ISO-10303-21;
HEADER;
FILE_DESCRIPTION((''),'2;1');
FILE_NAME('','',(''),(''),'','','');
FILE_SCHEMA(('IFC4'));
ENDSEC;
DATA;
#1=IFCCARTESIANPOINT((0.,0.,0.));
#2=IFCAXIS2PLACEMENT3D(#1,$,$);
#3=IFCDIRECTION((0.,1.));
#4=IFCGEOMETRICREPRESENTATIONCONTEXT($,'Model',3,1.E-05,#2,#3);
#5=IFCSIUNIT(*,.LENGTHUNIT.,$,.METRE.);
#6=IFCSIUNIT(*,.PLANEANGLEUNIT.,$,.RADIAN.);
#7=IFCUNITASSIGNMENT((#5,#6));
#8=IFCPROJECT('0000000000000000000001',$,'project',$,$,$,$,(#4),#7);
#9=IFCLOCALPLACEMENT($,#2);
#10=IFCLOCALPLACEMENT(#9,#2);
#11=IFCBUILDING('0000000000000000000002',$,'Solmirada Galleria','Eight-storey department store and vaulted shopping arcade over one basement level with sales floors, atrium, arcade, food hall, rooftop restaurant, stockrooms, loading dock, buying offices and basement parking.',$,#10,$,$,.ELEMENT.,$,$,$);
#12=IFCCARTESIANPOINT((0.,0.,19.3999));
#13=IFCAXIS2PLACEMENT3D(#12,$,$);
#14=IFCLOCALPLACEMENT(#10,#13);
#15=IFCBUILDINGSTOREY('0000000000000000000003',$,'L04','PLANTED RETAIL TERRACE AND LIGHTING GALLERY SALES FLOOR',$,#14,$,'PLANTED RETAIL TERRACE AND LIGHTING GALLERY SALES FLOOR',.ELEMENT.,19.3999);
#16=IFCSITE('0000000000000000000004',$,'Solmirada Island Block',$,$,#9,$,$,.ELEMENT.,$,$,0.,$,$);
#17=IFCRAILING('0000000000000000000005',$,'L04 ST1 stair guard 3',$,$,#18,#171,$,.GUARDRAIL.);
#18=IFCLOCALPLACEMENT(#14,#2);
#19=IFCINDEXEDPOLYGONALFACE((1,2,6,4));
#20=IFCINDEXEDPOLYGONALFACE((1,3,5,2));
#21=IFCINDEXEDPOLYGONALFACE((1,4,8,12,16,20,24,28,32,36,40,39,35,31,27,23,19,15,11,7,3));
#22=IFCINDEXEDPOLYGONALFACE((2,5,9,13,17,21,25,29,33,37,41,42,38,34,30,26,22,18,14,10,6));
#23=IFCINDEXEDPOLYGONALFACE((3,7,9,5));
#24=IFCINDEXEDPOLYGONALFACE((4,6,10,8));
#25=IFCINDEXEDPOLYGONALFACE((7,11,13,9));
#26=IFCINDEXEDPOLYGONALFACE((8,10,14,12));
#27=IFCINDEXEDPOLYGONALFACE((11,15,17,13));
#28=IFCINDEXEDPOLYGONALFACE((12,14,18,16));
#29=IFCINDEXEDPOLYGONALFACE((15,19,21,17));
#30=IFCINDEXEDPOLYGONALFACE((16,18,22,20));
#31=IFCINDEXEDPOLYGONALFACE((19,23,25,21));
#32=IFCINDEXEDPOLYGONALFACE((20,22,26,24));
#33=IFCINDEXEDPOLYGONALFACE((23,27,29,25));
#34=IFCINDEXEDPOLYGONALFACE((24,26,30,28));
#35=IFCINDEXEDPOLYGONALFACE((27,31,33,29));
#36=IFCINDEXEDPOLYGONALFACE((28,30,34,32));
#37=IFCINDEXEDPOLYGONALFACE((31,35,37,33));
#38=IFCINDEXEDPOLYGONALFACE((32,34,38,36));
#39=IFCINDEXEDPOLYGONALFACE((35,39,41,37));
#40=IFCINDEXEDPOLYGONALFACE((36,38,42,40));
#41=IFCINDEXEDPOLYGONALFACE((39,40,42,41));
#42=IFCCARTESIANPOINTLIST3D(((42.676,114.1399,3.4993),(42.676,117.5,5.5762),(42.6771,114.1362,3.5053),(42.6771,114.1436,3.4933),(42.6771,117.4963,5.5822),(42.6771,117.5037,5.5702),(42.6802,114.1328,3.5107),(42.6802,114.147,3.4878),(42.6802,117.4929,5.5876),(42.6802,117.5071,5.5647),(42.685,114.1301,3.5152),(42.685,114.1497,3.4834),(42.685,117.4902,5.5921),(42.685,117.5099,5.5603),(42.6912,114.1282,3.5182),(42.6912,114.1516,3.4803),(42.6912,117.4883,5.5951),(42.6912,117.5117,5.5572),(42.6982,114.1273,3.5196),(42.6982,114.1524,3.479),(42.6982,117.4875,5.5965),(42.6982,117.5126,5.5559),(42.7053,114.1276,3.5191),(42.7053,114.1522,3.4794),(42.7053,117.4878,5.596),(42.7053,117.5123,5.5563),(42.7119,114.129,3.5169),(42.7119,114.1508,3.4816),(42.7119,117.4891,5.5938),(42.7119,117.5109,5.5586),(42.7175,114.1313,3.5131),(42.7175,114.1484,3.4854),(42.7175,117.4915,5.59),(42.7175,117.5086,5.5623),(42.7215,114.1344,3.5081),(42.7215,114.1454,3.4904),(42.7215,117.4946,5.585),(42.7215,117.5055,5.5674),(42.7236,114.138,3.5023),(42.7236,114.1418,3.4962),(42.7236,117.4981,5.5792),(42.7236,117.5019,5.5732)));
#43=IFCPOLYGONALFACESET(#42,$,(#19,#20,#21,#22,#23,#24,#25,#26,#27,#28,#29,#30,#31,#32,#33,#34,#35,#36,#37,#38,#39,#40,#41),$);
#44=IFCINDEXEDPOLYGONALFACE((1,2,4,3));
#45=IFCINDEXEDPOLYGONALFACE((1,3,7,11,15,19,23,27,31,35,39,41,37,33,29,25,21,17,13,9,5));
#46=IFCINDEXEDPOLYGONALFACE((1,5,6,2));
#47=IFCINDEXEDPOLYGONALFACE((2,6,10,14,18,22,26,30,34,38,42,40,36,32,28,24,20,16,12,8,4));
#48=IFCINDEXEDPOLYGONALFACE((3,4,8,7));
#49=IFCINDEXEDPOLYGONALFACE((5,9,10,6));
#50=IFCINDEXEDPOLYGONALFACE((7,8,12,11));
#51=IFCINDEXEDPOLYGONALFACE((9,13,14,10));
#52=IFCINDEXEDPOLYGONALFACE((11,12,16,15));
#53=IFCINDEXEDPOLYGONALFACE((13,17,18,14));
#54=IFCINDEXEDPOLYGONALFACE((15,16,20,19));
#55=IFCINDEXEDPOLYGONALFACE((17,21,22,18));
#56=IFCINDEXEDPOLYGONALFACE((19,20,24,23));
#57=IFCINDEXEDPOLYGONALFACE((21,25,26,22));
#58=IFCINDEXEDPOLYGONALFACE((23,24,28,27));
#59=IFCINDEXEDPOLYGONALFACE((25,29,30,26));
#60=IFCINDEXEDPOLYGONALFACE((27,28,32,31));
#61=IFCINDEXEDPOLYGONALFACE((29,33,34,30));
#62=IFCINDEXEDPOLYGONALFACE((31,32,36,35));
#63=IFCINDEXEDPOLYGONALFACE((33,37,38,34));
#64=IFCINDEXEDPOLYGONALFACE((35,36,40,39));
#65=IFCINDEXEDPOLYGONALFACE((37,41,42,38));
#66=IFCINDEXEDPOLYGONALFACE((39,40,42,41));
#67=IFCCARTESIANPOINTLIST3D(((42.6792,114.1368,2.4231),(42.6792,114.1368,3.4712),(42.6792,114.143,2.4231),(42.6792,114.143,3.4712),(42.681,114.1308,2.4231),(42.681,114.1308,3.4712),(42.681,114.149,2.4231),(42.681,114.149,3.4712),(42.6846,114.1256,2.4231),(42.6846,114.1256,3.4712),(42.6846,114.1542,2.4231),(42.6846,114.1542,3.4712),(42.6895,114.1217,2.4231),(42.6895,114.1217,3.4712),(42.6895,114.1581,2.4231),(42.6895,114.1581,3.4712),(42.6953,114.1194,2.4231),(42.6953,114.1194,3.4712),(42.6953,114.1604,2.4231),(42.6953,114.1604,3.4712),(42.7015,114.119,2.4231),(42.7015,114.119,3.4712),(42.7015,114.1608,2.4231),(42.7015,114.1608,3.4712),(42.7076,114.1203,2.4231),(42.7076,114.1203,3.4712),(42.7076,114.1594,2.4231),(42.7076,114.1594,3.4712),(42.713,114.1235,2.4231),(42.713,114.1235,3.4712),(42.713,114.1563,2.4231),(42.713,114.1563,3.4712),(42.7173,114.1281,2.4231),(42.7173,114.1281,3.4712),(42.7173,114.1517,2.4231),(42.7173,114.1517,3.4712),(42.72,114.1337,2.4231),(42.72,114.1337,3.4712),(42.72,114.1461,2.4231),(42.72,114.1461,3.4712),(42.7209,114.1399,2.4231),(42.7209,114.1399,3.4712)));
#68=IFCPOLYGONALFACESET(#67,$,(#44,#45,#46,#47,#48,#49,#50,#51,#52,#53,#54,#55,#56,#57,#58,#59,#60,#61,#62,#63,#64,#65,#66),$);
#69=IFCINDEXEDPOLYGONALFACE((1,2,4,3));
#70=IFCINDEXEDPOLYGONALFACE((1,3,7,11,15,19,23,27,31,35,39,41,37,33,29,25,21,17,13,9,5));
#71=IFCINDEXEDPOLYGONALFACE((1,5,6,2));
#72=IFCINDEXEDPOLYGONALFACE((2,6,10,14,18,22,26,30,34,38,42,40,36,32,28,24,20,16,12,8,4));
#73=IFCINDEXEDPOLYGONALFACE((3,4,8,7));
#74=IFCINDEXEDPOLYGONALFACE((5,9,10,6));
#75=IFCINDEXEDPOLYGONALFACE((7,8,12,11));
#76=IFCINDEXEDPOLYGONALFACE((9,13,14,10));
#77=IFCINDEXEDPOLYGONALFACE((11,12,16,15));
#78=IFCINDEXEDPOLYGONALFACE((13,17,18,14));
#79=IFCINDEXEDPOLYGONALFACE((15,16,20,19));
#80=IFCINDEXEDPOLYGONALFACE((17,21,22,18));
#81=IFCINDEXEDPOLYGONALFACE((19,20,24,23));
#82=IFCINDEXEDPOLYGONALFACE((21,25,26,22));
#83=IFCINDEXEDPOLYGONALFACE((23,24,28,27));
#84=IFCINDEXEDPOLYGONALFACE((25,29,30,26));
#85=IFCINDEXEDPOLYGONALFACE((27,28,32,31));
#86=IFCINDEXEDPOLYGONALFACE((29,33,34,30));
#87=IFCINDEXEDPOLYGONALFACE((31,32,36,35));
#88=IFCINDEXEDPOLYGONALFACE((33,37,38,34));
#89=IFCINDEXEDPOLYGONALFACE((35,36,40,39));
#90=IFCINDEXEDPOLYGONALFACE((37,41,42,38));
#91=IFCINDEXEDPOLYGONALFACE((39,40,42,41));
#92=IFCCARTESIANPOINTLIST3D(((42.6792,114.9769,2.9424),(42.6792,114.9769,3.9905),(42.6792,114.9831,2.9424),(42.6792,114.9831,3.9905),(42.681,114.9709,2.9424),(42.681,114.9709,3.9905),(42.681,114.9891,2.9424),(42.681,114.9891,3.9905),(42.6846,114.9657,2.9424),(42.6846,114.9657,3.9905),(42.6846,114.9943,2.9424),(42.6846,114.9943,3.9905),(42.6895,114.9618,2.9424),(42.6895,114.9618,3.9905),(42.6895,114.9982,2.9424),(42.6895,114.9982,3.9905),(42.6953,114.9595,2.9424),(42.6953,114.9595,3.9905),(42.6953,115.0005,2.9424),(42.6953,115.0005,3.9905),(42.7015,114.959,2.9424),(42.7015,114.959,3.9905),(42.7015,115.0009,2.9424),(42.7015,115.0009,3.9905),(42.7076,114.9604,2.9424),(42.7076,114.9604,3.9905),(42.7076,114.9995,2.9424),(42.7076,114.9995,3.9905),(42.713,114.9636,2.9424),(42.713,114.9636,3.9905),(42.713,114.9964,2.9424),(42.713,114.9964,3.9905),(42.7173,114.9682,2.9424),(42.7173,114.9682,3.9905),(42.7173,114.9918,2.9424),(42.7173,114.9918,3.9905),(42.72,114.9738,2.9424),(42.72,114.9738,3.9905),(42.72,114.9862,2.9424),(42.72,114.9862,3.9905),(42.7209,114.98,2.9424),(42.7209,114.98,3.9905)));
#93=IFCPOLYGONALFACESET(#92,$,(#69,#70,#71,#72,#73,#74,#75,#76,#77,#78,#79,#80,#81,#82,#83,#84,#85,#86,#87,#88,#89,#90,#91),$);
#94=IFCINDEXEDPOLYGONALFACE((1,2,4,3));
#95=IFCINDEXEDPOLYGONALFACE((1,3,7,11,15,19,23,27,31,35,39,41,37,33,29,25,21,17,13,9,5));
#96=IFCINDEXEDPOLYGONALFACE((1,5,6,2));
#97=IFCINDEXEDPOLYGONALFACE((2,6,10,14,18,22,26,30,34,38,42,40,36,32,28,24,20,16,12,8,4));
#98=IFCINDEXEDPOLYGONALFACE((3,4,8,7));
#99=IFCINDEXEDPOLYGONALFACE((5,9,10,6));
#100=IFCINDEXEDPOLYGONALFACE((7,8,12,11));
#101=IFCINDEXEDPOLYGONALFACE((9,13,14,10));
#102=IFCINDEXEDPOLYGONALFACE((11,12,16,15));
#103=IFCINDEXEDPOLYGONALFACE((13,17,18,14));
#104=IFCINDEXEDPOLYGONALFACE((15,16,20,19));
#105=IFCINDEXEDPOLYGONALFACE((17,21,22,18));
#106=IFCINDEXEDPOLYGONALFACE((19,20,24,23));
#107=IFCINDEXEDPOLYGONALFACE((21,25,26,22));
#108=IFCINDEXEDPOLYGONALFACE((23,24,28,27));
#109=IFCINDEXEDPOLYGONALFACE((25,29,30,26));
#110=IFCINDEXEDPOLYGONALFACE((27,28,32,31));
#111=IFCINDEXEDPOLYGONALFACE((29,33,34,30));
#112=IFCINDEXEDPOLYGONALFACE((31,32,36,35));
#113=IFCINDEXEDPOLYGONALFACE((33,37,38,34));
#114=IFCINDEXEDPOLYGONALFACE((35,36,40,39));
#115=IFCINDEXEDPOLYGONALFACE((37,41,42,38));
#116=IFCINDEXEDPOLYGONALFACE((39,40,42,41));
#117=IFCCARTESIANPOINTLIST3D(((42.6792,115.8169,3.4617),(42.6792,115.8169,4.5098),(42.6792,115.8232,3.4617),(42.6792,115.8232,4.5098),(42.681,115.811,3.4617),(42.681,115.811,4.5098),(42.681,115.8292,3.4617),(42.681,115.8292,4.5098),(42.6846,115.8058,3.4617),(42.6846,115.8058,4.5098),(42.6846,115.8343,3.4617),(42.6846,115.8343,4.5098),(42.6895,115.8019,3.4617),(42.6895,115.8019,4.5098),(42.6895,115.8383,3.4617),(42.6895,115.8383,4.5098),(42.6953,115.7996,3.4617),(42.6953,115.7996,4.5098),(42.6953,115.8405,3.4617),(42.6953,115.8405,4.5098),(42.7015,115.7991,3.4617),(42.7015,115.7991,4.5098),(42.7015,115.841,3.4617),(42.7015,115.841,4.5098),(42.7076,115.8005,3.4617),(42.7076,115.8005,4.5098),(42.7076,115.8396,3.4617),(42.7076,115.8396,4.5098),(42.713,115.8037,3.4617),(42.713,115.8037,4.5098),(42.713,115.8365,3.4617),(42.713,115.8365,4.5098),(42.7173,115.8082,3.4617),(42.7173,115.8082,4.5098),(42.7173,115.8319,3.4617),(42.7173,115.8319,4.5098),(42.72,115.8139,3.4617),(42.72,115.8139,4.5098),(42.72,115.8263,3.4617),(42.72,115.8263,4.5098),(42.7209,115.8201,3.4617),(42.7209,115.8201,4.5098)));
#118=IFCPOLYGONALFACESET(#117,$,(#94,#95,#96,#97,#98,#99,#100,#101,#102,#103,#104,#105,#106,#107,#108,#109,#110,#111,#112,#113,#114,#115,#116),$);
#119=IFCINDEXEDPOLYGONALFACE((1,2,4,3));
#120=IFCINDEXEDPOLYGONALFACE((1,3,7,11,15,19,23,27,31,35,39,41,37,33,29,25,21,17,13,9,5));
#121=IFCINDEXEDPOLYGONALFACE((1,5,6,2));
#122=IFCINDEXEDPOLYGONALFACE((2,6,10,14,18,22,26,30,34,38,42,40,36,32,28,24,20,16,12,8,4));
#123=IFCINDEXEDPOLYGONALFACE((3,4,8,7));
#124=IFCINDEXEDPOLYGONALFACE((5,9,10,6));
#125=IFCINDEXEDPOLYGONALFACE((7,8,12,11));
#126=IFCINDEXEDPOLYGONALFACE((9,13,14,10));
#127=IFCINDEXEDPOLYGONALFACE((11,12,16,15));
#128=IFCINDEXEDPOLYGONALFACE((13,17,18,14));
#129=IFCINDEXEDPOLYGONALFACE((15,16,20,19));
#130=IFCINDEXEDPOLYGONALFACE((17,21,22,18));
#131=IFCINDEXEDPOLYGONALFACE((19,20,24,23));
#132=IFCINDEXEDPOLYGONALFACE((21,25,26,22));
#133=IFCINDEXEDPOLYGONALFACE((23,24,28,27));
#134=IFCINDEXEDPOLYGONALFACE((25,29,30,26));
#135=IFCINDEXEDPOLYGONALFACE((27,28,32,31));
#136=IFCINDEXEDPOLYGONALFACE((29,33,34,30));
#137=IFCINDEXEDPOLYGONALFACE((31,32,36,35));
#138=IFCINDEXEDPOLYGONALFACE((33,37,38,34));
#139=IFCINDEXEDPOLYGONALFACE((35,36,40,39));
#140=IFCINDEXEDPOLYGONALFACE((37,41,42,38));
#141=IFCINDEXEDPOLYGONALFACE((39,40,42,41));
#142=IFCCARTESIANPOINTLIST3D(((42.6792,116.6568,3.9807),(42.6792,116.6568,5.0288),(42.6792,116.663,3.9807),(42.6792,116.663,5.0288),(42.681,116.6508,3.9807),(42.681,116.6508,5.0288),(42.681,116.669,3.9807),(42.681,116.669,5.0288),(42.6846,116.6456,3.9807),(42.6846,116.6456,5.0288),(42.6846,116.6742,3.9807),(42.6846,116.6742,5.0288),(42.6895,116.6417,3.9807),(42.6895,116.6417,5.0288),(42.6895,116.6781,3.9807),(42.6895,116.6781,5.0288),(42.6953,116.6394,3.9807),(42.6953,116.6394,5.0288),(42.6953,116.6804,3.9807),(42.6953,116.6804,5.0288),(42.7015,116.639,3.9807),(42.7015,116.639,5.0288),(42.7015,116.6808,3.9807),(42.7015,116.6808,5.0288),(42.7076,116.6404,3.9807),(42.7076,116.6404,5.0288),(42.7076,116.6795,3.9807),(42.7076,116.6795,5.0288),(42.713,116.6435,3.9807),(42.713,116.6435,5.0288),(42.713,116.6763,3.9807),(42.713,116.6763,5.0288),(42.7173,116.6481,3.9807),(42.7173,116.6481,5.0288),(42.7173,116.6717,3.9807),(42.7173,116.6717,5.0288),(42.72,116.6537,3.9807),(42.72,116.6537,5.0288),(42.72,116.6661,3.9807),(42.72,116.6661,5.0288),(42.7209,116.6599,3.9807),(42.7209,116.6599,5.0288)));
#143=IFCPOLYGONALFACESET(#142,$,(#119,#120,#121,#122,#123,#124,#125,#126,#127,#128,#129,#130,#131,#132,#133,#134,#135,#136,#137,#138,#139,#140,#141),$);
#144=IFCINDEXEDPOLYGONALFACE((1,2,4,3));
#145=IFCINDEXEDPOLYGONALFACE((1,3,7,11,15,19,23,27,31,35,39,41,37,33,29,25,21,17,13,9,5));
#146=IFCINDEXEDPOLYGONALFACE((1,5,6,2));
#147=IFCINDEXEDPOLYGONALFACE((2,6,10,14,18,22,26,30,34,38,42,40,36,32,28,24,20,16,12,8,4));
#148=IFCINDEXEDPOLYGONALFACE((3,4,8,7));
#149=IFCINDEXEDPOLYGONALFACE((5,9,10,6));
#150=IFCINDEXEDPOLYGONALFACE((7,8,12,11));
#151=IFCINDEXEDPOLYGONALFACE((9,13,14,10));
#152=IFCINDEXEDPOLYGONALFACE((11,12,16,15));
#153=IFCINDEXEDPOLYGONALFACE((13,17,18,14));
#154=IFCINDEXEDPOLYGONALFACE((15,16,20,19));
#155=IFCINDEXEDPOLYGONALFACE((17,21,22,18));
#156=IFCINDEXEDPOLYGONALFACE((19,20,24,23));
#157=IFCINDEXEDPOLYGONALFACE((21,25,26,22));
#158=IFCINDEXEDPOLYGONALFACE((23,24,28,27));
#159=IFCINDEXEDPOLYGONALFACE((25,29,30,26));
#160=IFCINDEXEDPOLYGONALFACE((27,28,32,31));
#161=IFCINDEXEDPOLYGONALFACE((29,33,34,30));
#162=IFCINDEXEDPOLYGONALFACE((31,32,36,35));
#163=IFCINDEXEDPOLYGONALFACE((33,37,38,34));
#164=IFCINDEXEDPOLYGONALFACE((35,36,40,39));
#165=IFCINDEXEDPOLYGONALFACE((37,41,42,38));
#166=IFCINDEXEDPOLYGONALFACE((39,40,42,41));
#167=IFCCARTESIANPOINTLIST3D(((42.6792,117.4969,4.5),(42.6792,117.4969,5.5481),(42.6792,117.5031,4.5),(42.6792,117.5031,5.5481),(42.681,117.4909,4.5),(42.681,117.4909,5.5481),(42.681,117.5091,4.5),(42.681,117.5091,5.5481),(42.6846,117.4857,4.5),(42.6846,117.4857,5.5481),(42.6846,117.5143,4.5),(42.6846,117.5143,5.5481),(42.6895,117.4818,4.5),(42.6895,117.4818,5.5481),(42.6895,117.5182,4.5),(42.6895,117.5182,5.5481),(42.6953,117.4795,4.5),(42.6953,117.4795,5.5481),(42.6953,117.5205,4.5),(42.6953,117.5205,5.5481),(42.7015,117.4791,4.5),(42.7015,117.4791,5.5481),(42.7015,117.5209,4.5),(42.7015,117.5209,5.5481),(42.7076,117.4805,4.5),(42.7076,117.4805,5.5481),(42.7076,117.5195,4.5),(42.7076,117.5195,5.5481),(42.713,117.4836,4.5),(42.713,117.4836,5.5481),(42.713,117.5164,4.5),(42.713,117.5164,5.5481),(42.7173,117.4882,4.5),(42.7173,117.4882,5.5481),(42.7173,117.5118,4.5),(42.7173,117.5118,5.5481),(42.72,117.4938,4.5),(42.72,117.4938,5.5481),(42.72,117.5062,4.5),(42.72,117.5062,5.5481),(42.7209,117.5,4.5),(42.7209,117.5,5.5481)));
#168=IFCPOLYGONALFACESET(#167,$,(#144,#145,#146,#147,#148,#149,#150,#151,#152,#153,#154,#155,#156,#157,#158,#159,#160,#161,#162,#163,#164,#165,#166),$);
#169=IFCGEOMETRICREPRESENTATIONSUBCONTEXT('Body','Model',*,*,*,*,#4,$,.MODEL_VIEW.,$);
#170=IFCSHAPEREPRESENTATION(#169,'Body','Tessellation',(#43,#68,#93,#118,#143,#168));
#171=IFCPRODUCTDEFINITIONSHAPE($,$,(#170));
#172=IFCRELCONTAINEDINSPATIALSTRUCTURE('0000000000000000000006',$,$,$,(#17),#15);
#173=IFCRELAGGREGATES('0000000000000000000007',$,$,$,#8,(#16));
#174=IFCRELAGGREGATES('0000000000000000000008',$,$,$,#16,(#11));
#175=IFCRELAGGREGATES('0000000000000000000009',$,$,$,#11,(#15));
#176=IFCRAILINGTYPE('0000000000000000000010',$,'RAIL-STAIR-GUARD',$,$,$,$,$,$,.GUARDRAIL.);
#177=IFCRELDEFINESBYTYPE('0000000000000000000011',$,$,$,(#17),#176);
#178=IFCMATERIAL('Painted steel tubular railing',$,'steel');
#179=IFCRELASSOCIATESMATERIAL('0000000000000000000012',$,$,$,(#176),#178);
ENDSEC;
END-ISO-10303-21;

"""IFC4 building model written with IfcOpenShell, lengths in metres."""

from ifc_helpers import new_model, si_unit, direction, frame, origin, origin_2d, place, context, subcontext, project, spatial, circle, extrude, material, type_object, element, save


model = new_model("IFC4")

# Units and contexts
model_context = context("Model", 3, precision=1e-05, world=origin(), true_north=direction((0.0, 1.0)))
body_context = subcontext(model_context, "Body", "Model", "MODEL_VIEW")
ifc_project = project(units=[si_unit("LENGTHUNIT", "METRE"), si_unit("PLANEANGLEUNIT", "RADIAN")], contexts=[model_context])

# Site, building, storey
site_placement = place(None, origin())
site = spatial("IfcSite", under=ifc_project, at=site_placement, Name="Solmirada Island Block", CompositionType="ELEMENT", RefElevation=0.0)
building_placement = place(site_placement, origin())
building = spatial("IfcBuilding", under=site, at=building_placement, Name="Solmirada Galleria", Description="Eight-storey department store and vaulted shopping arcade over one basement level with sales floors, atrium, arcade, food hall, rooftop restaurant, stockrooms, loading dock, buying offices and basement parking.", CompositionType="ELEMENT")
storey_placement = place(building_placement, frame((0.0, 0.0, 19.3999)))
storey = spatial("IfcBuildingStorey", under=building, at=storey_placement, Name="L04", Description="PLANTED RETAIL TERRACE AND LIGHTING GALLERY SALES FLOOR", LongName="PLANTED RETAIL TERRACE AND LIGHTING GALLERY SALES FLOOR", CompositionType="ELEMENT", Elevation=19.3999)

# Railing
ifc_material_1 = material(Name="Painted steel tubular railing", Category="steel")
railing_type_1 = type_object("IfcRailingType", Name="RAIL-STAIR-GUARD", PredefinedType="GUARDRAIL", material=ifc_material_1)
railing_1_placement = place(storey_placement, frame((42.7, 114.1399, 2.4231)))
element("IfcRailing", 1, at=railing_1_placement, inside=storey, type_object=railing_type_1, Name="L04 ST1 stair guard 3", PredefinedType="GUARDRAIL", context=body_context, shape_type="SweptSolid", body=[
    extrude(circle(Radius=0.0239, at=origin_2d()), frame((0.0, 0.0, 1.0762), z_axis=(0.0, 0.850623, 0.525776), x_axis=(-1.0, 0.0, 0.0)), (0.0, 0.0, 1.0), 3.9502),
    extrude(circle(Radius=0.021, at=origin_2d()), origin(), (0.0, 0.0, 1.0), 1.0481),
    extrude(circle(Radius=0.021, at=origin_2d()), frame((0.0, 0.8401, 0.5193)), (0.0, 0.0, 1.0), 1.0481),
    extrude(circle(Radius=0.021, at=origin_2d()), frame((0.0, 1.6802, 1.0386)), (0.0, 0.0, 1.0), 1.0481),
    extrude(circle(Radius=0.021, at=origin_2d()), frame((0.0, 2.52, 1.5576)), (0.0, 0.0, 1.0), 1.0481),
    extrude(circle(Radius=0.021, at=origin_2d()), frame((0.0, 3.3601, 2.0769)), (0.0, 0.0, 1.0), 1.0481),
])

save(model, "model.ifc")
